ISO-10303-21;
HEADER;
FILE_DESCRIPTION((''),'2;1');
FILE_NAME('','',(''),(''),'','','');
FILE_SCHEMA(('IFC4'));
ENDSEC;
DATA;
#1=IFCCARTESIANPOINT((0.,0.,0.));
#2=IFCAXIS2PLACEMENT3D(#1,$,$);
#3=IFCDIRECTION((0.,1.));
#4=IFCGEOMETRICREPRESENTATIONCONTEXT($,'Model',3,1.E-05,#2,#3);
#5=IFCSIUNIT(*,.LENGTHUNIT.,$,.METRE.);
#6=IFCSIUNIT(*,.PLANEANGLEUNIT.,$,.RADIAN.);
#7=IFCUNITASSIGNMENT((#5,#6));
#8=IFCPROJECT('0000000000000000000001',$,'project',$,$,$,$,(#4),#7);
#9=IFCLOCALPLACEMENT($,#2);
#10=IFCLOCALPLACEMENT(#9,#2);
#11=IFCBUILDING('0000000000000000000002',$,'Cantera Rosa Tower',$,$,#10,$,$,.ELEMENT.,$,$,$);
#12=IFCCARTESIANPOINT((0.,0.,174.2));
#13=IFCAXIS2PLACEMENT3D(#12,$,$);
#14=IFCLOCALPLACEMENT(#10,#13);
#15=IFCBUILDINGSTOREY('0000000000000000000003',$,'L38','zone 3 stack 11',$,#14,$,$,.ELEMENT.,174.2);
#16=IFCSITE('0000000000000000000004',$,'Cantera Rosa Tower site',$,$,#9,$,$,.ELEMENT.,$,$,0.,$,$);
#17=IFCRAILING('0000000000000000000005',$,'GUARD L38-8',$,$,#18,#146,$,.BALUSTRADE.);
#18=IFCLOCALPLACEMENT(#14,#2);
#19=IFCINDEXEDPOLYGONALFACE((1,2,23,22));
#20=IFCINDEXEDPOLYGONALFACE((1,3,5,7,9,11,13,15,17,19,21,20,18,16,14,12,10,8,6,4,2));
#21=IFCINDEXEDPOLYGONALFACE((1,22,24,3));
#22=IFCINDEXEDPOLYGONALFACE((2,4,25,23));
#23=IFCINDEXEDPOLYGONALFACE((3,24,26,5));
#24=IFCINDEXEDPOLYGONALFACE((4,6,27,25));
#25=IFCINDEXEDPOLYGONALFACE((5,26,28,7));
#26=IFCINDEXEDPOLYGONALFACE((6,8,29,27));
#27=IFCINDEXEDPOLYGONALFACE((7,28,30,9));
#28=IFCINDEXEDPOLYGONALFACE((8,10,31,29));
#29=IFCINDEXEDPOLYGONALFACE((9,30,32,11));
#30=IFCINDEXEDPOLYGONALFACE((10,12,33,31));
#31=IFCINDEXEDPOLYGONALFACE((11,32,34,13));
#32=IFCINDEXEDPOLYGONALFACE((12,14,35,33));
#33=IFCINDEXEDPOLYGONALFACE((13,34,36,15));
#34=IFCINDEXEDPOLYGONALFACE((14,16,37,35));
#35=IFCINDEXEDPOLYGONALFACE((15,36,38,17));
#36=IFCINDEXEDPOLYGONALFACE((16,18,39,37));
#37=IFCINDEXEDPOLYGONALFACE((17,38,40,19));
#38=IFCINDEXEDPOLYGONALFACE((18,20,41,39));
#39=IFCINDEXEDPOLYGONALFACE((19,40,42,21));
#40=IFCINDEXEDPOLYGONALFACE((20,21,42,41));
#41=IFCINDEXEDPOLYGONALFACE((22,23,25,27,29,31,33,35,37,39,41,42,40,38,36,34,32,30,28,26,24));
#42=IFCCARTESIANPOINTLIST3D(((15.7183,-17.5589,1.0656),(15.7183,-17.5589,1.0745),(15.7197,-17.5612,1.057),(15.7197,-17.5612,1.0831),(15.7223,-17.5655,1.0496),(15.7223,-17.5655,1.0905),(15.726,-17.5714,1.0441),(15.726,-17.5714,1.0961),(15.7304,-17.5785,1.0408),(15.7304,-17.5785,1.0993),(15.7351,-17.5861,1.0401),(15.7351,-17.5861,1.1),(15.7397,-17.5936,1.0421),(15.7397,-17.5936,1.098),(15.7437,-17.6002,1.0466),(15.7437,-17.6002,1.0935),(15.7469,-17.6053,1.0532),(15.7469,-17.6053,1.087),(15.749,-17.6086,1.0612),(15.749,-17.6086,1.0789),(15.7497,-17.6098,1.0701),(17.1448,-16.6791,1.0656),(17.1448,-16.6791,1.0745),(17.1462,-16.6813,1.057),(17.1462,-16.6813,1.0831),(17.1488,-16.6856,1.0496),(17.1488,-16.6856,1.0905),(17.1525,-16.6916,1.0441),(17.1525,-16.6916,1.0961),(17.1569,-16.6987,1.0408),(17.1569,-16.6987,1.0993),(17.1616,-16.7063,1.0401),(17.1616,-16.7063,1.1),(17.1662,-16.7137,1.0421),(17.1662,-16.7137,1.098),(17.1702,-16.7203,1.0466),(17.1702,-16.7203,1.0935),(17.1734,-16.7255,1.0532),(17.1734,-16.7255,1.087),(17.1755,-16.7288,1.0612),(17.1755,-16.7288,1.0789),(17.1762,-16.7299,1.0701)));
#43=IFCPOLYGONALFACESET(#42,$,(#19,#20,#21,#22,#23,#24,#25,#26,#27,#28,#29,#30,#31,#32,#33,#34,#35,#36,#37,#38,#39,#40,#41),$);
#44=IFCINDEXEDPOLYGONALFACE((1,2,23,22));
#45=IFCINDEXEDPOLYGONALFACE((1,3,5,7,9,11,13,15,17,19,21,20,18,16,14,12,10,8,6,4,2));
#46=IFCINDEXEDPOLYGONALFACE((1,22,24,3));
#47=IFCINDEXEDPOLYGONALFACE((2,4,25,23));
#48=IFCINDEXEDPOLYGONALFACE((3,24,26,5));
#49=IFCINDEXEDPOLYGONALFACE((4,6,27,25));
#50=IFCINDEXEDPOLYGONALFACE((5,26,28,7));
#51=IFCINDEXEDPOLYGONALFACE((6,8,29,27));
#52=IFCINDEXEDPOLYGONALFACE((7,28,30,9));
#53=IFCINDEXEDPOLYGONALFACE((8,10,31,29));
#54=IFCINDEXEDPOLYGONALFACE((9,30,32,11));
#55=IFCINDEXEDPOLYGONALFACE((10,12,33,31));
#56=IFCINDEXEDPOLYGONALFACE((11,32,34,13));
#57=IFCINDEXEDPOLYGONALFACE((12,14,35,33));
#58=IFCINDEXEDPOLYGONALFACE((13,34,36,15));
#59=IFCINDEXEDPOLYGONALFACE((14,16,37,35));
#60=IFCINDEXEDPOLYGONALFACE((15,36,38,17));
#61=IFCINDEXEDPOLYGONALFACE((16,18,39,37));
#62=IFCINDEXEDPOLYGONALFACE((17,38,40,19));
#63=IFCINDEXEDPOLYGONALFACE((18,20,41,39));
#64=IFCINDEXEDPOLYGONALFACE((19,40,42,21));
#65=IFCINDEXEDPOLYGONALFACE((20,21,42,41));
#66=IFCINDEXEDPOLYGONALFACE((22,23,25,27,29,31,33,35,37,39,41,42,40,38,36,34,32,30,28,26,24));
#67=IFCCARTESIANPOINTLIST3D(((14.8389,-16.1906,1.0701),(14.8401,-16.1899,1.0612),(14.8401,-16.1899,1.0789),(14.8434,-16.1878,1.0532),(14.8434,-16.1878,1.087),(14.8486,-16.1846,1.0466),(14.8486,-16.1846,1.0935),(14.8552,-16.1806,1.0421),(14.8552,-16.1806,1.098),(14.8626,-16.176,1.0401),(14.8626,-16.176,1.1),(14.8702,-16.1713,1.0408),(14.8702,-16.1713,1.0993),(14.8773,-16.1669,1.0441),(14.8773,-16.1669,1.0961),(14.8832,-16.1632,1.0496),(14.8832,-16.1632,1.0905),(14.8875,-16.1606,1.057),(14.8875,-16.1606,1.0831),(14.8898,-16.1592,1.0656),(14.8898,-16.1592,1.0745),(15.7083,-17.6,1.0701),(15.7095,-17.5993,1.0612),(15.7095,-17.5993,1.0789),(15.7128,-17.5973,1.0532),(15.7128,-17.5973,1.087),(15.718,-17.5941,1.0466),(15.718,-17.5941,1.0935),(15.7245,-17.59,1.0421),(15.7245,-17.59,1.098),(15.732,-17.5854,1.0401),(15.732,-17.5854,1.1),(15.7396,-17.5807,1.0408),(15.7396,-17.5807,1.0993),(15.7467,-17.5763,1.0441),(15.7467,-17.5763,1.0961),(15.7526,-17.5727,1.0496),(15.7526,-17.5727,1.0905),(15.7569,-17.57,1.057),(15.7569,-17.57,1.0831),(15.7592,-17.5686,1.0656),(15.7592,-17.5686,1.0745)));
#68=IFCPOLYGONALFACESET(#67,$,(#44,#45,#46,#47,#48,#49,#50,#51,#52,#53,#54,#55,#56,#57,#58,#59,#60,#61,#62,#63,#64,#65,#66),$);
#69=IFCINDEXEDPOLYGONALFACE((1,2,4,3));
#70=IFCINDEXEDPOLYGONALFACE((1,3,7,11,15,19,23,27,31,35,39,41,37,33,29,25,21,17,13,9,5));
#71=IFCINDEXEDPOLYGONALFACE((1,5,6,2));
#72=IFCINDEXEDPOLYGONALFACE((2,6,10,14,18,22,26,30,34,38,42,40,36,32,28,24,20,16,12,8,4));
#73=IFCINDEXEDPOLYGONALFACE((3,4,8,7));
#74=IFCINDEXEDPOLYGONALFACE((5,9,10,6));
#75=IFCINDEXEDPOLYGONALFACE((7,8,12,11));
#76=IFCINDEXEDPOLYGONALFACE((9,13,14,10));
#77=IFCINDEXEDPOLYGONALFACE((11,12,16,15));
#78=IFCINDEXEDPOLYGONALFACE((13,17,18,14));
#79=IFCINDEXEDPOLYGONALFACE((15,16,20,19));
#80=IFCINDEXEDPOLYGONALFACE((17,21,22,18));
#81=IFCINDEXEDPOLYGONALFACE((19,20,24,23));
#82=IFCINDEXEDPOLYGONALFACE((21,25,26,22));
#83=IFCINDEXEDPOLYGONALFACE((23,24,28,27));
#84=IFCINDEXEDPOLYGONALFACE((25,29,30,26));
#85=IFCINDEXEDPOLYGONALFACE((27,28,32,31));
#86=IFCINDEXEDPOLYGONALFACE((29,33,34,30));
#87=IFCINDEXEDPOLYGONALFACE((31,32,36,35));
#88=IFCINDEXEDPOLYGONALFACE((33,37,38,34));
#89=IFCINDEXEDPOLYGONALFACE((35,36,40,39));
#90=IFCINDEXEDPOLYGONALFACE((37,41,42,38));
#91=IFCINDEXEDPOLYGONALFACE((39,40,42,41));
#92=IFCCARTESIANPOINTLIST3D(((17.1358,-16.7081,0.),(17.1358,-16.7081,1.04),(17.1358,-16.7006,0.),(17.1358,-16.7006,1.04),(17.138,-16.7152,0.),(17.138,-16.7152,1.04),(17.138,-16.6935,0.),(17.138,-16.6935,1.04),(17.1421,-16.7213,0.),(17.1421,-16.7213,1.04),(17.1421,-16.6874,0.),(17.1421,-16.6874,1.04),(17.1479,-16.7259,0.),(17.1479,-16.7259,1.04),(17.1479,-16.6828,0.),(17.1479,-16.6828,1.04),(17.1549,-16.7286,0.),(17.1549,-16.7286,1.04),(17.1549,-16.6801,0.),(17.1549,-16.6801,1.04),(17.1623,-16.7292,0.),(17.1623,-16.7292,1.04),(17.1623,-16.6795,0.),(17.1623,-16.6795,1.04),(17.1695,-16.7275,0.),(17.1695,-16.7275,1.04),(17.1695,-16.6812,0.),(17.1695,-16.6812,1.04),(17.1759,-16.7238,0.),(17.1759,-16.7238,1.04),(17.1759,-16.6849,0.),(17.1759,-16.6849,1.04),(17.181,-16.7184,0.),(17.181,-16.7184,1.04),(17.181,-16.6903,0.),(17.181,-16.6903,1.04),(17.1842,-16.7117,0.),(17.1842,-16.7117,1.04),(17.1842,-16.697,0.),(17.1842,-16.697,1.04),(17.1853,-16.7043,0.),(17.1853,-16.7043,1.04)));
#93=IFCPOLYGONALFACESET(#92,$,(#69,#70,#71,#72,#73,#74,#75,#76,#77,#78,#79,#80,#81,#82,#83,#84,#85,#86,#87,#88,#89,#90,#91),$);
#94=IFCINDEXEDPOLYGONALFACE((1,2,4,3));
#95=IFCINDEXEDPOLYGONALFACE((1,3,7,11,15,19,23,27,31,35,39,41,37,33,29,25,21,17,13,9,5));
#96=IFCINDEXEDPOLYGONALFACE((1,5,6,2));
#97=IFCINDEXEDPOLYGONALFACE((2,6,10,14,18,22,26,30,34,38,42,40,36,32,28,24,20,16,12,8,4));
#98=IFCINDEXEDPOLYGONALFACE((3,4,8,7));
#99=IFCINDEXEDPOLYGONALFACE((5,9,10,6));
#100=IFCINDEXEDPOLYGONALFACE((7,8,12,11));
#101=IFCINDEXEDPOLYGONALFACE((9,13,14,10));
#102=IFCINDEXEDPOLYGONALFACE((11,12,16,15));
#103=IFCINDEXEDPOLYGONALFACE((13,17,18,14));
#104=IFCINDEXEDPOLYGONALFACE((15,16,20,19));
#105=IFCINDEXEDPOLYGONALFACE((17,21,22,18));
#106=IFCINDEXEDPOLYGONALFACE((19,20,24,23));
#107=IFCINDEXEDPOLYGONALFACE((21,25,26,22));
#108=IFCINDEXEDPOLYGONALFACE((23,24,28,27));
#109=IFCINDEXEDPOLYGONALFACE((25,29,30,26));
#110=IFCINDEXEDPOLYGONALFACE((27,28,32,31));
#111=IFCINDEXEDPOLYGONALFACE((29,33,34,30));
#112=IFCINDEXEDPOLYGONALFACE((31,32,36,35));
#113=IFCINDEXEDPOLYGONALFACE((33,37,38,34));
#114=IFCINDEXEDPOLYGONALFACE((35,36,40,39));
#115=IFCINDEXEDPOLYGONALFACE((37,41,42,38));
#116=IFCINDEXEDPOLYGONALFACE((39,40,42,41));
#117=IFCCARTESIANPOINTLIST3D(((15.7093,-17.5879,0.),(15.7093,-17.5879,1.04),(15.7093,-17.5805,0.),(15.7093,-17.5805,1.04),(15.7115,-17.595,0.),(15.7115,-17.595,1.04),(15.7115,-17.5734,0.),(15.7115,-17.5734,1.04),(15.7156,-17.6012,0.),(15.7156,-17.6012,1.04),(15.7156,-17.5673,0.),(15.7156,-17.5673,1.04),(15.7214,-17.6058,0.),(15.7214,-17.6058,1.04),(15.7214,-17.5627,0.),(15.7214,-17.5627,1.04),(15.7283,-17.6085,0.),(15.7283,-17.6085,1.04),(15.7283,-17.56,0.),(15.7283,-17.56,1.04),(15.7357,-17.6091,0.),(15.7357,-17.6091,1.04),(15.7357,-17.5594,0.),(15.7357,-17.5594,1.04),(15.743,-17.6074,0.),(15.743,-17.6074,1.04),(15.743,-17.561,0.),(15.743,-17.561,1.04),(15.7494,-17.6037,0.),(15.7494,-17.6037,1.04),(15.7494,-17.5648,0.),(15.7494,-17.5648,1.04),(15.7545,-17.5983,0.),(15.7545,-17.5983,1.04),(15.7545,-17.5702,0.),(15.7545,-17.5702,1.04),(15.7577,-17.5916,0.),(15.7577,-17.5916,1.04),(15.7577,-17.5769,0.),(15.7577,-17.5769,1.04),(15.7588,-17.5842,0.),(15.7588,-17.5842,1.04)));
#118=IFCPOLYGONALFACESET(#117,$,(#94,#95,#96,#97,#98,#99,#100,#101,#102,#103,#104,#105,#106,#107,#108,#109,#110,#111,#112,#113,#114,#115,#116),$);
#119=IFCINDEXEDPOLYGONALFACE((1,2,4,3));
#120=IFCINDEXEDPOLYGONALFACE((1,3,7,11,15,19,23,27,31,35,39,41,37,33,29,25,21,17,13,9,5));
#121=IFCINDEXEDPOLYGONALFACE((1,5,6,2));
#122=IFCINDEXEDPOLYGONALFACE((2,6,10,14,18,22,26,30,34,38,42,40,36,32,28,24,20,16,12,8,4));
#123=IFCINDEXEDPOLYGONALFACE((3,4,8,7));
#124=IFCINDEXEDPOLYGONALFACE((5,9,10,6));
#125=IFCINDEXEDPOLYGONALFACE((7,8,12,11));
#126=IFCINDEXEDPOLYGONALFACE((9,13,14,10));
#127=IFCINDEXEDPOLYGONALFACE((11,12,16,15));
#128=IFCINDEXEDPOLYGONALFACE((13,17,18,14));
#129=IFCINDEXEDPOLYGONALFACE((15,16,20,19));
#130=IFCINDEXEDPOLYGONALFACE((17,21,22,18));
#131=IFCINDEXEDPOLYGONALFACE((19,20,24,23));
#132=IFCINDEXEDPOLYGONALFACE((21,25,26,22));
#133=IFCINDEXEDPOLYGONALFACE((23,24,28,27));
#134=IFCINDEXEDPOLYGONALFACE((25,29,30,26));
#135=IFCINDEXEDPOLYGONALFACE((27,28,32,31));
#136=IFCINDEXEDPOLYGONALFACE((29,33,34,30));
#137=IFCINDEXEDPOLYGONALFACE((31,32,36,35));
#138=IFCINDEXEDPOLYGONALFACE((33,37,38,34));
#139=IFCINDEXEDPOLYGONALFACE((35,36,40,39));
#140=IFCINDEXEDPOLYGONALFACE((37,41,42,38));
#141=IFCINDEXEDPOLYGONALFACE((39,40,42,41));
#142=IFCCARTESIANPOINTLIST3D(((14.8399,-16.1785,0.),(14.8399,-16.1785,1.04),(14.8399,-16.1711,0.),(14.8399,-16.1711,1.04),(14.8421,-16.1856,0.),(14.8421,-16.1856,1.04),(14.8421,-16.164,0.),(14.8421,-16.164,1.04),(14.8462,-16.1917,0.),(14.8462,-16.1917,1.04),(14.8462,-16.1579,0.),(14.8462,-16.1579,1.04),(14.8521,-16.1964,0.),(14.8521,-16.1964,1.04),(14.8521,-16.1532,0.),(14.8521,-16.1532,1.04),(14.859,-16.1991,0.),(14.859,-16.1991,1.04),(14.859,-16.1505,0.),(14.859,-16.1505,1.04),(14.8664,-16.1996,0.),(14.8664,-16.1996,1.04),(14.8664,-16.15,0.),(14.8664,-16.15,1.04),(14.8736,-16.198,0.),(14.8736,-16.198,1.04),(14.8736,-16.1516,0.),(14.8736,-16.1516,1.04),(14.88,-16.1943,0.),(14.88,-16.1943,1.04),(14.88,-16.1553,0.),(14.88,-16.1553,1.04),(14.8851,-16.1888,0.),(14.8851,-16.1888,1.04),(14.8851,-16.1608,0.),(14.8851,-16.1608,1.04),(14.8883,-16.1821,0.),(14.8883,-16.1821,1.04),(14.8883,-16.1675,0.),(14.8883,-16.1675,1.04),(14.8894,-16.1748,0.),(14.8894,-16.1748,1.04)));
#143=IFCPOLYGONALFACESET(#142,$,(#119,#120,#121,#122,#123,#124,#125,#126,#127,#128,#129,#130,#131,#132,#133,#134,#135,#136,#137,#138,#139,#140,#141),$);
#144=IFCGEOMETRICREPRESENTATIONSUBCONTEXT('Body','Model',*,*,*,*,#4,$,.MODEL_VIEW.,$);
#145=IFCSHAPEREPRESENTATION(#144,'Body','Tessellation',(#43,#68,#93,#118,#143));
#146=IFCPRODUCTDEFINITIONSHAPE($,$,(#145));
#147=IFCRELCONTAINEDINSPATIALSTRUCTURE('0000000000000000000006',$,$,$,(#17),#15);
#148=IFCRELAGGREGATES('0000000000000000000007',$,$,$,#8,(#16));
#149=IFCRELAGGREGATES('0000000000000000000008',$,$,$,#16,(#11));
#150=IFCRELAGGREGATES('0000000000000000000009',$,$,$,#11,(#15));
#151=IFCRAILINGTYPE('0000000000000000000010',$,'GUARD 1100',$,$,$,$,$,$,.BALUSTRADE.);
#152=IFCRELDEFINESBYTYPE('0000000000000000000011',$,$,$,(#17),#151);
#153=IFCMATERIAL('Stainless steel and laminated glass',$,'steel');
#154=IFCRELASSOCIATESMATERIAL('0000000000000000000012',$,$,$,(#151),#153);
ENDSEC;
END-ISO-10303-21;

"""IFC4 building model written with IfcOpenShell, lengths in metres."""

from ifc_helpers import new_model, si_unit, direction, frame, origin, origin_2d, place, context, subcontext, project, spatial, circle, extrude, material, type_object, element, save


model = new_model("IFC4")

# Units and contexts
model_context = context("Model", 3, precision=1e-05, world=origin(), true_north=direction((0.0, 1.0)))
body_context = subcontext(model_context, "Body", "Model", "MODEL_VIEW")
ifc_project = project(units=[si_unit("LENGTHUNIT", "METRE"), si_unit("PLANEANGLEUNIT", "RADIAN")], contexts=[model_context])

# Site, building, storey
site_placement = place(None, origin())
site = spatial("IfcSite", under=ifc_project, at=site_placement, Name="Cantera Rosa Tower site", CompositionType="ELEMENT", RefElevation=0.0)
building_placement = place(site_placement, origin())
building = spatial("IfcBuilding", under=site, at=building_placement, Name="Cantera Rosa Tower", CompositionType="ELEMENT")
storey_placement = place(building_placement, frame((0.0, 0.0, 174.2)))
storey = spatial("IfcBuildingStorey", under=building, at=storey_placement, Name="L38", Description="zone 3 stack 11", CompositionType="ELEMENT", Elevation=174.2)

# Railing
ifc_material_1 = material(Name="Stainless steel and laminated glass", Category="steel")
railing_type_1 = type_object("IfcRailingType", Name="GUARD 1100", PredefinedType="BALUSTRADE", material=ifc_material_1)
railing_1_placement = place(storey_placement, frame((17.1604, -16.7043, 0.0)))
element("IfcRailing", 1, at=railing_1_placement, inside=storey, type_object=railing_type_1, Name="GUARD L38-8", PredefinedType="BALUSTRADE", context=body_context, shape_type="SweptSolid", body=[
    extrude(circle(Radius=0.03, at=origin_2d()), frame((0.0, 0.0, 1.0701), z_axis=(-0.851118, -0.524975, 0.0), x_axis=(0.524975, -0.851118, 0.0)), (0.0, 0.0, 1.0), 1.676),
    extrude(circle(Radius=0.03, at=origin_2d()), frame((-1.4265, -0.8799, 1.0701), z_axis=(-0.524994, 0.851106, 0.0), x_axis=(-0.851106, -0.524994, 0.0)), (0.0, 0.0, 1.0), 1.656),
    extrude(circle(Radius=0.0249, at=origin_2d()), origin(), (0.0, 0.0, 1.0), 1.04),
    extrude(circle(Radius=0.0249, at=origin_2d()), frame((-1.4265, -0.8799, 0.0)), (0.0, 0.0, 1.0), 1.04),
    extrude(circle(Radius=0.0249, at=origin_2d()), frame((-2.2959, 0.5295, 0.0)), (0.0, 0.0, 1.0), 1.04),
])

save(model, "model.ifc")
